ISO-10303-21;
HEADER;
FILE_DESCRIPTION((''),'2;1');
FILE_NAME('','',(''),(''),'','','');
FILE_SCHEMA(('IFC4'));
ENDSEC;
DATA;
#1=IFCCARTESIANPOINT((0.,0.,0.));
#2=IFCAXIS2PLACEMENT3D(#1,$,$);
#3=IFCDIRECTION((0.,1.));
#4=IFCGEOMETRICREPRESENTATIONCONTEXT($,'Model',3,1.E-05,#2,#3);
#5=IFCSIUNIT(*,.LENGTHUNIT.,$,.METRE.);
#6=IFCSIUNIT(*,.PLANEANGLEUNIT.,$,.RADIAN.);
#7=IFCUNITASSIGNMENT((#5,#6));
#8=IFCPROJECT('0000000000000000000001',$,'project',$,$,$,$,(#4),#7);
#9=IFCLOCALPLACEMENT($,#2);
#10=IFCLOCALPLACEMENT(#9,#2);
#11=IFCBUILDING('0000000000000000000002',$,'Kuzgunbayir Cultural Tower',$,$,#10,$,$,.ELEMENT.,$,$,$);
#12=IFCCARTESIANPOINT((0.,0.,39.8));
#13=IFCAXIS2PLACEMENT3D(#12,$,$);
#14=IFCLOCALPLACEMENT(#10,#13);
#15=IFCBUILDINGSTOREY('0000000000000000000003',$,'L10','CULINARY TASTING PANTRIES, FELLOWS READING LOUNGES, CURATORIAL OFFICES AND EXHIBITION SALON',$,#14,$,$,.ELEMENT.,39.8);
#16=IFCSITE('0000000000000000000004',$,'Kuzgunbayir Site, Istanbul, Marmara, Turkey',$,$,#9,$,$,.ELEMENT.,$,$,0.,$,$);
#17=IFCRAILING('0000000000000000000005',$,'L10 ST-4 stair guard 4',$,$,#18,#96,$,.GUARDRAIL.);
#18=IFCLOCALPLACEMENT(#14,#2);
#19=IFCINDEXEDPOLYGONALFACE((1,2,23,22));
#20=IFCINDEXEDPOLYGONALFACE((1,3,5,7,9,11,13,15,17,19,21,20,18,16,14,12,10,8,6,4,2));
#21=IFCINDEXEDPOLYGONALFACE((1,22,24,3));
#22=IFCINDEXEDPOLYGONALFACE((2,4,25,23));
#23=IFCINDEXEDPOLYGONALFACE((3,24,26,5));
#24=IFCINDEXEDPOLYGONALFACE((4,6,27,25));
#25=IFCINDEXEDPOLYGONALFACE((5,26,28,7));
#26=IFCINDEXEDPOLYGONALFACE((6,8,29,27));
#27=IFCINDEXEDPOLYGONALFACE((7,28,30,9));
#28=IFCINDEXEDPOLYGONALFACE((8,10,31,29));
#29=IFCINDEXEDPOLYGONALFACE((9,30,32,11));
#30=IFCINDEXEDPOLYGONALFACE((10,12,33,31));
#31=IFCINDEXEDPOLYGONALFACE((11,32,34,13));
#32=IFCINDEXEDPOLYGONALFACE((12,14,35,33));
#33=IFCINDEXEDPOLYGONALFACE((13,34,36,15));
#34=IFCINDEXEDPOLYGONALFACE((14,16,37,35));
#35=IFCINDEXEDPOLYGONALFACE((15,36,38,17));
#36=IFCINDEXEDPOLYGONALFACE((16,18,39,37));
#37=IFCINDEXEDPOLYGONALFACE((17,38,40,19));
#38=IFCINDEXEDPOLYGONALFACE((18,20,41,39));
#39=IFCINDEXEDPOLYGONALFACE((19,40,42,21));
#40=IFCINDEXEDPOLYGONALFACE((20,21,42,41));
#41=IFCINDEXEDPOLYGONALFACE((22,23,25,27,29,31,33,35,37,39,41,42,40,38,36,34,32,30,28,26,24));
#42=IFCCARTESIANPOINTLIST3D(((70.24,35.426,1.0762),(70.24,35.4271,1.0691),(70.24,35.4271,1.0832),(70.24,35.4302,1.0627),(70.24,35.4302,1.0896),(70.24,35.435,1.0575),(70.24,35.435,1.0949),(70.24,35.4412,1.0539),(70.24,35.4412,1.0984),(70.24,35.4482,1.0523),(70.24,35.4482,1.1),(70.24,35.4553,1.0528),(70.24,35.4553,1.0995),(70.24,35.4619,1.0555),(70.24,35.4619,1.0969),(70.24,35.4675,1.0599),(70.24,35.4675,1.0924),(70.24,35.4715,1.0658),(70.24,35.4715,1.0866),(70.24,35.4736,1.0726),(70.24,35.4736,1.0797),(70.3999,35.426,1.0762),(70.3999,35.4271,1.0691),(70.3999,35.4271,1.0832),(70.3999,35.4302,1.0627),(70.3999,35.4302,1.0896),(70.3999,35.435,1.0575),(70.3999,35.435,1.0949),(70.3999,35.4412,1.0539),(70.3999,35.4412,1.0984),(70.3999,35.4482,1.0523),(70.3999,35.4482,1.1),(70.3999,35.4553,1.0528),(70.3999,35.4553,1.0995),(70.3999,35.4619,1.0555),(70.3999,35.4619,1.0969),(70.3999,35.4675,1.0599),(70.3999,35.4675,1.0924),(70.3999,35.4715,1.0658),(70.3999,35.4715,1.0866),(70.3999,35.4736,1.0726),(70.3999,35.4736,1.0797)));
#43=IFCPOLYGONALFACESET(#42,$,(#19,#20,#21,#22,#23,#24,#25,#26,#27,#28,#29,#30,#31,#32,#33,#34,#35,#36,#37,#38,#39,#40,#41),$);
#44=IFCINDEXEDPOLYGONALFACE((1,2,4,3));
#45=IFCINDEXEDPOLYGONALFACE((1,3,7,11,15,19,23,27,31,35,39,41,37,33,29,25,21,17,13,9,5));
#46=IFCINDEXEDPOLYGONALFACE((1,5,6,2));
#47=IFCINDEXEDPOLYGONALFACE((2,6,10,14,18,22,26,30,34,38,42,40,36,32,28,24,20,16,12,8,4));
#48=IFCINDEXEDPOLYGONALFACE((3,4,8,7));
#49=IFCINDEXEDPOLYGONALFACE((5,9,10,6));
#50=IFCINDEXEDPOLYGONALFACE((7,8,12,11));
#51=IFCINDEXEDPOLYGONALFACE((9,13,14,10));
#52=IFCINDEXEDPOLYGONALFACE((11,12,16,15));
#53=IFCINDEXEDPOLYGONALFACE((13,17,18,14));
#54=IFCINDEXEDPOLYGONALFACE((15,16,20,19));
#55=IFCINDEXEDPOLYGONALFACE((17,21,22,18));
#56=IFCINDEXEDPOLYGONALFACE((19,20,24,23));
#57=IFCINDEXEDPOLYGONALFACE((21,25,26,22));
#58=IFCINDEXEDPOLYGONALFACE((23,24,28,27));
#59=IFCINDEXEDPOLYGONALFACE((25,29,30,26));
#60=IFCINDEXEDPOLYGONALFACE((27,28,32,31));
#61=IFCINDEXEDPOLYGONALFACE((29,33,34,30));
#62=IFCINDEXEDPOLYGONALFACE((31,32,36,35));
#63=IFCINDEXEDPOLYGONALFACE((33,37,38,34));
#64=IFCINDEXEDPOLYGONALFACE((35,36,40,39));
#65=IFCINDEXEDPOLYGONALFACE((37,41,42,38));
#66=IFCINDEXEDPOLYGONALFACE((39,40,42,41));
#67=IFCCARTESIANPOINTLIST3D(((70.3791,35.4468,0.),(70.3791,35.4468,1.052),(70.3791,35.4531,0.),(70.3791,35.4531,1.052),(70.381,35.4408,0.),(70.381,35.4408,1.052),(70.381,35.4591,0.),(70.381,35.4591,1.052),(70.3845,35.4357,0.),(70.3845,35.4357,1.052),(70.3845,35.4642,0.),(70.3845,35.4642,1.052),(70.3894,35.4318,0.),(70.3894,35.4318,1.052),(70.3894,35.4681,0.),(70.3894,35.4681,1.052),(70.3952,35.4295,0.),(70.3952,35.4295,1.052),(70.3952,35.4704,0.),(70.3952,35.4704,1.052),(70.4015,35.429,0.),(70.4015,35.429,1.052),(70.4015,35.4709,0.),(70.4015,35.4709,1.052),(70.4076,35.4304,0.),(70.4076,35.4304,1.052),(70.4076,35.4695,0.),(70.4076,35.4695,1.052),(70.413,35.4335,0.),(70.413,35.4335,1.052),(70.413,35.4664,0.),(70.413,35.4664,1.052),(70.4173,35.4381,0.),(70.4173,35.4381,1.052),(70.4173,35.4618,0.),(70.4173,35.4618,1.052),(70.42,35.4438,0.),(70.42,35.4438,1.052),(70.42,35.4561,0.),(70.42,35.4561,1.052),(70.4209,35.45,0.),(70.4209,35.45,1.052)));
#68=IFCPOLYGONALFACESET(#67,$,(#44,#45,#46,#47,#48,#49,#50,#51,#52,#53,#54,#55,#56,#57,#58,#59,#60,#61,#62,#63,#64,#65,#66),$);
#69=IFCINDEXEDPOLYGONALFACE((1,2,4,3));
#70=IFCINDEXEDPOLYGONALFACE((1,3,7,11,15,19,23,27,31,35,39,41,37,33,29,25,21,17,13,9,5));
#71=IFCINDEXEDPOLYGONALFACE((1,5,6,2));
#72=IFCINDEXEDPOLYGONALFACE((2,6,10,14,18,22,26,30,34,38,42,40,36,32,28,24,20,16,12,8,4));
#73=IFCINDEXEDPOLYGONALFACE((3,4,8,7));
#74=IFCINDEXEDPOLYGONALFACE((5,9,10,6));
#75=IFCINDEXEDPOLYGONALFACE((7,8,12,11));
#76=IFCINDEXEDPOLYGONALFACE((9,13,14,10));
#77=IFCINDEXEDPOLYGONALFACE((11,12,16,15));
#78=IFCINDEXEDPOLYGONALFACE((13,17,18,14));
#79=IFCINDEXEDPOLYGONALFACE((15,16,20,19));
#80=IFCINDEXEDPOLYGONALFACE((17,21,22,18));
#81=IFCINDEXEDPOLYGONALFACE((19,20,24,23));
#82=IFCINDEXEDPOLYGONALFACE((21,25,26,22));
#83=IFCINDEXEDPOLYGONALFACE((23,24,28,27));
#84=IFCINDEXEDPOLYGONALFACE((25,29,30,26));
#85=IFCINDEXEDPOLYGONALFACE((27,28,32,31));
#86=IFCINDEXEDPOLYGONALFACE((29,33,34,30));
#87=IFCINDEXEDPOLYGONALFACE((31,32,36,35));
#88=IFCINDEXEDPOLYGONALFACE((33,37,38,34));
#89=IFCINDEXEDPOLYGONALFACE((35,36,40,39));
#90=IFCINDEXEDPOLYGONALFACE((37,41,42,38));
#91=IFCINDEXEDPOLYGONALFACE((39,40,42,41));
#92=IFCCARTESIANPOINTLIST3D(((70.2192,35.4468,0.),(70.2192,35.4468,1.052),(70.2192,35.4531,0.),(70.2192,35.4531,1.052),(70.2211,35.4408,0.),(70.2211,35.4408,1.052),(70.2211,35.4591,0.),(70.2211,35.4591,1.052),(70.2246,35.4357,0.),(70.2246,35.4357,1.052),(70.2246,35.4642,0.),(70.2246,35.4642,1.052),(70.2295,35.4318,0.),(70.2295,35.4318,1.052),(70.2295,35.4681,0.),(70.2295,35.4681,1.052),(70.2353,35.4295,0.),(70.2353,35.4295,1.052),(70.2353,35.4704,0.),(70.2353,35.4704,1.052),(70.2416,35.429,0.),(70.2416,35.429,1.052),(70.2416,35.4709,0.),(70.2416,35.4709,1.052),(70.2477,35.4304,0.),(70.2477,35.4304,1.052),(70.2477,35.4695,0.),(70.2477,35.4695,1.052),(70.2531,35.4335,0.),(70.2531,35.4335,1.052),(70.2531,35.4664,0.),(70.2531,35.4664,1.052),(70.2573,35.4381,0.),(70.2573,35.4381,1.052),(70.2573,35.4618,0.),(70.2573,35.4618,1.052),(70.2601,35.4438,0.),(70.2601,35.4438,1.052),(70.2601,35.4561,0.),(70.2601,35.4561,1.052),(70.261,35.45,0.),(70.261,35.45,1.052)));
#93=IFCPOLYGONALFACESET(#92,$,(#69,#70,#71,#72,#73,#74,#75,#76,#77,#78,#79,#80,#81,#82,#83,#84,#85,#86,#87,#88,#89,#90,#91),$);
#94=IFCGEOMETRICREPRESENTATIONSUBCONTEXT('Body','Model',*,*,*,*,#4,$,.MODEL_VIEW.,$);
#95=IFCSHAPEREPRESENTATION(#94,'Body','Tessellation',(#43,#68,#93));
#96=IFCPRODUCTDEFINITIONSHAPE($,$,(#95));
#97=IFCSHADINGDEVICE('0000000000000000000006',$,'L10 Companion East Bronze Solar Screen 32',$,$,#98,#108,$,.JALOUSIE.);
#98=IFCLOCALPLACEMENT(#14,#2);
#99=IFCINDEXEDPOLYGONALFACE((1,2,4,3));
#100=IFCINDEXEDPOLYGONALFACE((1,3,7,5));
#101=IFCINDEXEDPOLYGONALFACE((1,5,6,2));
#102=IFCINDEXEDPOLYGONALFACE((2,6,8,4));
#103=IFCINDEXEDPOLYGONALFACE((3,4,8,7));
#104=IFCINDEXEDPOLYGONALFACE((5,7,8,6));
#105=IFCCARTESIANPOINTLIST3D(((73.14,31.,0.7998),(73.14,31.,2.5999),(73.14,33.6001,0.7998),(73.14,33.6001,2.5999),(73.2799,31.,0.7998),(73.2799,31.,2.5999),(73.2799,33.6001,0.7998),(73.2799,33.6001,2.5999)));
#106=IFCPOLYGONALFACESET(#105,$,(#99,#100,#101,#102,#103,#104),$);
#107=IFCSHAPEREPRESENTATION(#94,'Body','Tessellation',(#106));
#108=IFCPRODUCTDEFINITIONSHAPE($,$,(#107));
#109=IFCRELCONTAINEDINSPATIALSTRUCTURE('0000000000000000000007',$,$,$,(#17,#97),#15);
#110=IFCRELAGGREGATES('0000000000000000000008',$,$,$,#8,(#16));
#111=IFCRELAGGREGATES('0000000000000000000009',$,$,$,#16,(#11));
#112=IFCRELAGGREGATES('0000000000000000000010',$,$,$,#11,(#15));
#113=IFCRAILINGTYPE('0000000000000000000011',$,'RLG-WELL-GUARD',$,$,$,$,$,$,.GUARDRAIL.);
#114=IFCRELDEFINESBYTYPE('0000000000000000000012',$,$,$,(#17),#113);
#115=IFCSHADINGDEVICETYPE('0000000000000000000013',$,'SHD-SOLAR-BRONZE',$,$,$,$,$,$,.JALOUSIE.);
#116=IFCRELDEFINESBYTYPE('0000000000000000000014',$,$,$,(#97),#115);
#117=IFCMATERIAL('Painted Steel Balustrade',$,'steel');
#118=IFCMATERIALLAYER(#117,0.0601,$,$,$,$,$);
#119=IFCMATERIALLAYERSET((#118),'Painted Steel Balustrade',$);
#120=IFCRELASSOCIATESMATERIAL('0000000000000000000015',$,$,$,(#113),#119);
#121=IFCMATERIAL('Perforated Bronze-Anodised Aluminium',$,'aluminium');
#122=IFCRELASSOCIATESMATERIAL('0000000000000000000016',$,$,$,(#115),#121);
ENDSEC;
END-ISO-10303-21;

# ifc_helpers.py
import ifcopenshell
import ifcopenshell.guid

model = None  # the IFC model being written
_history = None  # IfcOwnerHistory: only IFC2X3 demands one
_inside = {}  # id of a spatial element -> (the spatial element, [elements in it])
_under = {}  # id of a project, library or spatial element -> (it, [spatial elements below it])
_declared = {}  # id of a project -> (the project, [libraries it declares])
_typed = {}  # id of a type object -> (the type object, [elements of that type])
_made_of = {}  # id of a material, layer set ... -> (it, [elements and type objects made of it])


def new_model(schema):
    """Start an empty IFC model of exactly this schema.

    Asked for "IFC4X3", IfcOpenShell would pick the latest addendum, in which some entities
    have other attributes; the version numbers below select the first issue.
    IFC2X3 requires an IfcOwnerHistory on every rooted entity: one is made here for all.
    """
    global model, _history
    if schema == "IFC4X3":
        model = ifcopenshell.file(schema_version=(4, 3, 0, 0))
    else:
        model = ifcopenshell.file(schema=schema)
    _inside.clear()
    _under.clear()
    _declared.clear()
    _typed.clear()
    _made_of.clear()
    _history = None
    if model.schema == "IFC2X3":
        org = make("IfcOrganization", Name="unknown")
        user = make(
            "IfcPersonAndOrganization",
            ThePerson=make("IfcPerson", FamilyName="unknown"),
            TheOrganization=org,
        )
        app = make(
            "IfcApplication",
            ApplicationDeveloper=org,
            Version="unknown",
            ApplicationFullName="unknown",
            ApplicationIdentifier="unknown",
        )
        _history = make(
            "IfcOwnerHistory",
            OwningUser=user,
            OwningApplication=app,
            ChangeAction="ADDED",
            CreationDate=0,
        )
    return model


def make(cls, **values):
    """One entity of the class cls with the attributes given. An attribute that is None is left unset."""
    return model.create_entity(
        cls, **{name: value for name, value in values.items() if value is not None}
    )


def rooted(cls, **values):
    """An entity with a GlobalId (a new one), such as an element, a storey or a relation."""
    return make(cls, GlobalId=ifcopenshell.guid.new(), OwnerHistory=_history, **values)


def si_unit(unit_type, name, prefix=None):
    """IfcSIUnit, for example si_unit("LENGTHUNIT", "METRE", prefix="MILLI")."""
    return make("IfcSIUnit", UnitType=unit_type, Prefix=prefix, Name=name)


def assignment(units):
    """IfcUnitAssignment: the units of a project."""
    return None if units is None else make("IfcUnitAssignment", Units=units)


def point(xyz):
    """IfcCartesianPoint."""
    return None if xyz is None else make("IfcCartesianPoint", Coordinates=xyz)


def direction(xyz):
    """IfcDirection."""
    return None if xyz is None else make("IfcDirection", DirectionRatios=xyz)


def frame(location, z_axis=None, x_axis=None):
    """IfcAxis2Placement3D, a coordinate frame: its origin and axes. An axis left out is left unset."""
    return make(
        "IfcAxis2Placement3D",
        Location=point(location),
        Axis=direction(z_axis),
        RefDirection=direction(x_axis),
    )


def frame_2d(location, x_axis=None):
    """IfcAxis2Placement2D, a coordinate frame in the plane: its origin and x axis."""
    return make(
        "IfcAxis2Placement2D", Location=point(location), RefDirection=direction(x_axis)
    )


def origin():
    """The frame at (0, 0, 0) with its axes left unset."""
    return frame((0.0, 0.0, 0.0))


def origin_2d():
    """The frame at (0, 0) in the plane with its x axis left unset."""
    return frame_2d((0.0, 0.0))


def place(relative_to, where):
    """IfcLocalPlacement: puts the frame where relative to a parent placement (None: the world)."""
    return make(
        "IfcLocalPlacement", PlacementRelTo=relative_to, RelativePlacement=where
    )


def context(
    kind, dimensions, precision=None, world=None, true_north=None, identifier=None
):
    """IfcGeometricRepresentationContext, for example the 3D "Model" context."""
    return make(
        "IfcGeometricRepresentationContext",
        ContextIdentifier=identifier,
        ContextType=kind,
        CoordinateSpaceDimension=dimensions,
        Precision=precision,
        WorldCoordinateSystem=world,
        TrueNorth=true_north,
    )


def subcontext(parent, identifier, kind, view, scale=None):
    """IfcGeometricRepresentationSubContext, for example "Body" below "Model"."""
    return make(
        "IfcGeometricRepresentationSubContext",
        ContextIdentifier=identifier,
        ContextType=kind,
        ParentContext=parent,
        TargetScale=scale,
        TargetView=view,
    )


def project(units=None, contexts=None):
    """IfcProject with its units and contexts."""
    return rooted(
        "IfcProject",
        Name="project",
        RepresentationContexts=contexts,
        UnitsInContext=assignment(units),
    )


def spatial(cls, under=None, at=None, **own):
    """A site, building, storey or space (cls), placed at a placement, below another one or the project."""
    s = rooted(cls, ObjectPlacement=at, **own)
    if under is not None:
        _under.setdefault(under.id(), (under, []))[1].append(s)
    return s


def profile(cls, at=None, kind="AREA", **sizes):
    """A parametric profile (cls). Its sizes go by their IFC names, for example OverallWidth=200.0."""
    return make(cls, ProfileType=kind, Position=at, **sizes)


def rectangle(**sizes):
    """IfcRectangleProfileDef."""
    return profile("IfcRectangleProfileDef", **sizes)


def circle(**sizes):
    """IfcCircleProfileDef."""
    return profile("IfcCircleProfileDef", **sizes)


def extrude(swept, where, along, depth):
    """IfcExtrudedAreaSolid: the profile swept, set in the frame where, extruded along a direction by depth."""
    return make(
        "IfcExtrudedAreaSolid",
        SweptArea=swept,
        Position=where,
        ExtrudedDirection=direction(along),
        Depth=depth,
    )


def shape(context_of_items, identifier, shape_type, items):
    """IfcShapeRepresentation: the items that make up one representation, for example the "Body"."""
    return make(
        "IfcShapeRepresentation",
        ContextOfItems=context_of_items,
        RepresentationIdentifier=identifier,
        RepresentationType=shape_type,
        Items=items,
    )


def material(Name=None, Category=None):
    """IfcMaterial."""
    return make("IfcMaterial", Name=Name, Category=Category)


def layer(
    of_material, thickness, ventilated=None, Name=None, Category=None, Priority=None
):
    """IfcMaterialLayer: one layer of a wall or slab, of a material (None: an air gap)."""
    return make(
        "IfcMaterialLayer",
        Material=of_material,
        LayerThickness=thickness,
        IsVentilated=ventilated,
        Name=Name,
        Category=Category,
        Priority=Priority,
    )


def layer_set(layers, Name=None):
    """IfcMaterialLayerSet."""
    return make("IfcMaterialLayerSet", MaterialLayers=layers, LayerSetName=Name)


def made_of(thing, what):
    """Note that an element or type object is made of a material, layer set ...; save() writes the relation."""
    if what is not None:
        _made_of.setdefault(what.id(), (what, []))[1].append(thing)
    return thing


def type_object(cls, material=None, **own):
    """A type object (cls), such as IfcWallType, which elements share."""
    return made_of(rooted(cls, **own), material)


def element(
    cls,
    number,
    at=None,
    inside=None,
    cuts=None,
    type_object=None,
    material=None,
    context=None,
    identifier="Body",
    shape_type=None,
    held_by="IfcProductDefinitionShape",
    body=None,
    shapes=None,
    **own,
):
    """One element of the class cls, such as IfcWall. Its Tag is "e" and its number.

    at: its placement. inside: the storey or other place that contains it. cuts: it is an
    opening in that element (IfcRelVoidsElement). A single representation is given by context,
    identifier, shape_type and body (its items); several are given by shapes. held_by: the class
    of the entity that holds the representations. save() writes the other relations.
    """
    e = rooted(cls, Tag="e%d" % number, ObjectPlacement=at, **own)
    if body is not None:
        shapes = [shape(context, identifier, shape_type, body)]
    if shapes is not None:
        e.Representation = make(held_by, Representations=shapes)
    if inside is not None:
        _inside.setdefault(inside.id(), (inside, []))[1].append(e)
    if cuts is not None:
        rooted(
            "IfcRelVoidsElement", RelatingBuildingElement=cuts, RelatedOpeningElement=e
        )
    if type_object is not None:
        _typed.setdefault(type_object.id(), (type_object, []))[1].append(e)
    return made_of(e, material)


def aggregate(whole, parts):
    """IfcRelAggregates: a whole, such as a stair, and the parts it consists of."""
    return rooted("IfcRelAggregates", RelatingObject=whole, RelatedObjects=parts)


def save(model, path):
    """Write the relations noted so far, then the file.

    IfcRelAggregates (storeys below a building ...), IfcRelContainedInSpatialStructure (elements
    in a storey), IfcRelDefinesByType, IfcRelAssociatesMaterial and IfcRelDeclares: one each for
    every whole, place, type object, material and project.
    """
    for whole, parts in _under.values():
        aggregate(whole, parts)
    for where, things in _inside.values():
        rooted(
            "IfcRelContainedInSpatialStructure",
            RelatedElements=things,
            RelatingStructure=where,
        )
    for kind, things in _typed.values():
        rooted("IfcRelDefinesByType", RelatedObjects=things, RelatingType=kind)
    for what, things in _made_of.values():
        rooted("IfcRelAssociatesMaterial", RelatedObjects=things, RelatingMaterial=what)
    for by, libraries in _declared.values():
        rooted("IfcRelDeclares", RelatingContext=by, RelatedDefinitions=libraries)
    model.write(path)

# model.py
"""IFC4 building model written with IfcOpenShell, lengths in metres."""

from ifc_helpers import new_model, si_unit, direction, frame, origin, origin_2d, place, context, subcontext, project, spatial, rectangle, circle, extrude, material, layer, layer_set, type_object, element, save


model = new_model("IFC4")

# Units and contexts
model_context = context("Model", 3, precision=1e-05, world=origin(), true_north=direction((0.0, 1.0)))
body_context = subcontext(model_context, "Body", "Model", "MODEL_VIEW")
ifc_project = project(units=[si_unit("LENGTHUNIT", "METRE"), si_unit("PLANEANGLEUNIT", "RADIAN")], contexts=[model_context])

# Site, building, storey
site_placement = place(None, origin())
site = spatial("IfcSite", under=ifc_project, at=site_placement, Name="Kuzgunbayir Site, Istanbul, Marmara, Turkey", CompositionType="ELEMENT", RefElevation=0.0)
building_placement = place(site_placement, origin())
building = spatial("IfcBuilding", under=site, at=building_placement, Name="Kuzgunbayir Cultural Tower", CompositionType="ELEMENT")
storey_placement = place(building_placement, frame((0.0, 0.0, 39.8)))
storey = spatial("IfcBuildingStorey", under=building, at=storey_placement, Name="L10", Description="CULINARY TASTING PANTRIES, FELLOWS READING LOUNGES, CURATORIAL OFFICES AND EXHIBITION SALON", CompositionType="ELEMENT", Elevation=39.8)

# Shared definitions
ifc_material_1 = material(Name="Perforated Bronze-Anodised Aluminium", Category="aluminium")

# Railing
ifc_material_2 = material(Name="Painted Steel Balustrade", Category="steel")
ifc_layer_1 = layer(ifc_material_2, 0.0601)
ifc_layer_set_1 = layer_set([ifc_layer_1], Name="Painted Steel Balustrade")
railing_type = type_object("IfcRailingType", Name="RLG-WELL-GUARD", PredefinedType="GUARDRAIL", material=ifc_layer_set_1)
railing_1_placement = place(storey_placement, frame((70.3999, 35.45, 0.0)))
element("IfcRailing", 1, at=railing_1_placement, inside=storey, type_object=railing_type, Name="L10 ST-4 stair guard 4", PredefinedType="GUARDRAIL", context=body_context, shape_type="SweptSolid", body=[
    extrude(circle(Radius=0.0239, at=origin_2d()), frame((0.0, 0.0, 1.0762), z_axis=(-1.0, 0.0, 0.0), x_axis=(0.0, -1.0, 0.0)), (0.0, 0.0, 1.0), 0.1599),
    extrude(circle(Radius=0.021, at=origin_2d()), origin(), (0.0, 0.0, 1.0), 1.052),
    extrude(circle(Radius=0.021, at=origin_2d()), frame((-0.1599, 0.0, 0.0)), (0.0, 0.0, 1.0), 1.052),
])

# Shading device
shading_device_type = type_object("IfcShadingDeviceType", Name="SHD-SOLAR-BRONZE", PredefinedType="JALOUSIE", material=ifc_material_1)
shading_device_placement = place(storey_placement, frame((73.21, 32.3, 0.7998), z_axis=(0.0, 0.0, 1.0), x_axis=(1.0, 0.0, 0.0)))
element("IfcShadingDevice", 2, at=shading_device_placement, inside=storey, type_object=shading_device_type, Name="L10 Companion East Bronze Solar Screen 32", PredefinedType="JALOUSIE", context=body_context, shape_type="SweptSolid", body=[
    extrude(rectangle(XDim=0.1399, YDim=2.6001, at=origin_2d()), origin(), (0.0, 0.0, 1.0), 1.8),
])

save(model, "model.ifc")
